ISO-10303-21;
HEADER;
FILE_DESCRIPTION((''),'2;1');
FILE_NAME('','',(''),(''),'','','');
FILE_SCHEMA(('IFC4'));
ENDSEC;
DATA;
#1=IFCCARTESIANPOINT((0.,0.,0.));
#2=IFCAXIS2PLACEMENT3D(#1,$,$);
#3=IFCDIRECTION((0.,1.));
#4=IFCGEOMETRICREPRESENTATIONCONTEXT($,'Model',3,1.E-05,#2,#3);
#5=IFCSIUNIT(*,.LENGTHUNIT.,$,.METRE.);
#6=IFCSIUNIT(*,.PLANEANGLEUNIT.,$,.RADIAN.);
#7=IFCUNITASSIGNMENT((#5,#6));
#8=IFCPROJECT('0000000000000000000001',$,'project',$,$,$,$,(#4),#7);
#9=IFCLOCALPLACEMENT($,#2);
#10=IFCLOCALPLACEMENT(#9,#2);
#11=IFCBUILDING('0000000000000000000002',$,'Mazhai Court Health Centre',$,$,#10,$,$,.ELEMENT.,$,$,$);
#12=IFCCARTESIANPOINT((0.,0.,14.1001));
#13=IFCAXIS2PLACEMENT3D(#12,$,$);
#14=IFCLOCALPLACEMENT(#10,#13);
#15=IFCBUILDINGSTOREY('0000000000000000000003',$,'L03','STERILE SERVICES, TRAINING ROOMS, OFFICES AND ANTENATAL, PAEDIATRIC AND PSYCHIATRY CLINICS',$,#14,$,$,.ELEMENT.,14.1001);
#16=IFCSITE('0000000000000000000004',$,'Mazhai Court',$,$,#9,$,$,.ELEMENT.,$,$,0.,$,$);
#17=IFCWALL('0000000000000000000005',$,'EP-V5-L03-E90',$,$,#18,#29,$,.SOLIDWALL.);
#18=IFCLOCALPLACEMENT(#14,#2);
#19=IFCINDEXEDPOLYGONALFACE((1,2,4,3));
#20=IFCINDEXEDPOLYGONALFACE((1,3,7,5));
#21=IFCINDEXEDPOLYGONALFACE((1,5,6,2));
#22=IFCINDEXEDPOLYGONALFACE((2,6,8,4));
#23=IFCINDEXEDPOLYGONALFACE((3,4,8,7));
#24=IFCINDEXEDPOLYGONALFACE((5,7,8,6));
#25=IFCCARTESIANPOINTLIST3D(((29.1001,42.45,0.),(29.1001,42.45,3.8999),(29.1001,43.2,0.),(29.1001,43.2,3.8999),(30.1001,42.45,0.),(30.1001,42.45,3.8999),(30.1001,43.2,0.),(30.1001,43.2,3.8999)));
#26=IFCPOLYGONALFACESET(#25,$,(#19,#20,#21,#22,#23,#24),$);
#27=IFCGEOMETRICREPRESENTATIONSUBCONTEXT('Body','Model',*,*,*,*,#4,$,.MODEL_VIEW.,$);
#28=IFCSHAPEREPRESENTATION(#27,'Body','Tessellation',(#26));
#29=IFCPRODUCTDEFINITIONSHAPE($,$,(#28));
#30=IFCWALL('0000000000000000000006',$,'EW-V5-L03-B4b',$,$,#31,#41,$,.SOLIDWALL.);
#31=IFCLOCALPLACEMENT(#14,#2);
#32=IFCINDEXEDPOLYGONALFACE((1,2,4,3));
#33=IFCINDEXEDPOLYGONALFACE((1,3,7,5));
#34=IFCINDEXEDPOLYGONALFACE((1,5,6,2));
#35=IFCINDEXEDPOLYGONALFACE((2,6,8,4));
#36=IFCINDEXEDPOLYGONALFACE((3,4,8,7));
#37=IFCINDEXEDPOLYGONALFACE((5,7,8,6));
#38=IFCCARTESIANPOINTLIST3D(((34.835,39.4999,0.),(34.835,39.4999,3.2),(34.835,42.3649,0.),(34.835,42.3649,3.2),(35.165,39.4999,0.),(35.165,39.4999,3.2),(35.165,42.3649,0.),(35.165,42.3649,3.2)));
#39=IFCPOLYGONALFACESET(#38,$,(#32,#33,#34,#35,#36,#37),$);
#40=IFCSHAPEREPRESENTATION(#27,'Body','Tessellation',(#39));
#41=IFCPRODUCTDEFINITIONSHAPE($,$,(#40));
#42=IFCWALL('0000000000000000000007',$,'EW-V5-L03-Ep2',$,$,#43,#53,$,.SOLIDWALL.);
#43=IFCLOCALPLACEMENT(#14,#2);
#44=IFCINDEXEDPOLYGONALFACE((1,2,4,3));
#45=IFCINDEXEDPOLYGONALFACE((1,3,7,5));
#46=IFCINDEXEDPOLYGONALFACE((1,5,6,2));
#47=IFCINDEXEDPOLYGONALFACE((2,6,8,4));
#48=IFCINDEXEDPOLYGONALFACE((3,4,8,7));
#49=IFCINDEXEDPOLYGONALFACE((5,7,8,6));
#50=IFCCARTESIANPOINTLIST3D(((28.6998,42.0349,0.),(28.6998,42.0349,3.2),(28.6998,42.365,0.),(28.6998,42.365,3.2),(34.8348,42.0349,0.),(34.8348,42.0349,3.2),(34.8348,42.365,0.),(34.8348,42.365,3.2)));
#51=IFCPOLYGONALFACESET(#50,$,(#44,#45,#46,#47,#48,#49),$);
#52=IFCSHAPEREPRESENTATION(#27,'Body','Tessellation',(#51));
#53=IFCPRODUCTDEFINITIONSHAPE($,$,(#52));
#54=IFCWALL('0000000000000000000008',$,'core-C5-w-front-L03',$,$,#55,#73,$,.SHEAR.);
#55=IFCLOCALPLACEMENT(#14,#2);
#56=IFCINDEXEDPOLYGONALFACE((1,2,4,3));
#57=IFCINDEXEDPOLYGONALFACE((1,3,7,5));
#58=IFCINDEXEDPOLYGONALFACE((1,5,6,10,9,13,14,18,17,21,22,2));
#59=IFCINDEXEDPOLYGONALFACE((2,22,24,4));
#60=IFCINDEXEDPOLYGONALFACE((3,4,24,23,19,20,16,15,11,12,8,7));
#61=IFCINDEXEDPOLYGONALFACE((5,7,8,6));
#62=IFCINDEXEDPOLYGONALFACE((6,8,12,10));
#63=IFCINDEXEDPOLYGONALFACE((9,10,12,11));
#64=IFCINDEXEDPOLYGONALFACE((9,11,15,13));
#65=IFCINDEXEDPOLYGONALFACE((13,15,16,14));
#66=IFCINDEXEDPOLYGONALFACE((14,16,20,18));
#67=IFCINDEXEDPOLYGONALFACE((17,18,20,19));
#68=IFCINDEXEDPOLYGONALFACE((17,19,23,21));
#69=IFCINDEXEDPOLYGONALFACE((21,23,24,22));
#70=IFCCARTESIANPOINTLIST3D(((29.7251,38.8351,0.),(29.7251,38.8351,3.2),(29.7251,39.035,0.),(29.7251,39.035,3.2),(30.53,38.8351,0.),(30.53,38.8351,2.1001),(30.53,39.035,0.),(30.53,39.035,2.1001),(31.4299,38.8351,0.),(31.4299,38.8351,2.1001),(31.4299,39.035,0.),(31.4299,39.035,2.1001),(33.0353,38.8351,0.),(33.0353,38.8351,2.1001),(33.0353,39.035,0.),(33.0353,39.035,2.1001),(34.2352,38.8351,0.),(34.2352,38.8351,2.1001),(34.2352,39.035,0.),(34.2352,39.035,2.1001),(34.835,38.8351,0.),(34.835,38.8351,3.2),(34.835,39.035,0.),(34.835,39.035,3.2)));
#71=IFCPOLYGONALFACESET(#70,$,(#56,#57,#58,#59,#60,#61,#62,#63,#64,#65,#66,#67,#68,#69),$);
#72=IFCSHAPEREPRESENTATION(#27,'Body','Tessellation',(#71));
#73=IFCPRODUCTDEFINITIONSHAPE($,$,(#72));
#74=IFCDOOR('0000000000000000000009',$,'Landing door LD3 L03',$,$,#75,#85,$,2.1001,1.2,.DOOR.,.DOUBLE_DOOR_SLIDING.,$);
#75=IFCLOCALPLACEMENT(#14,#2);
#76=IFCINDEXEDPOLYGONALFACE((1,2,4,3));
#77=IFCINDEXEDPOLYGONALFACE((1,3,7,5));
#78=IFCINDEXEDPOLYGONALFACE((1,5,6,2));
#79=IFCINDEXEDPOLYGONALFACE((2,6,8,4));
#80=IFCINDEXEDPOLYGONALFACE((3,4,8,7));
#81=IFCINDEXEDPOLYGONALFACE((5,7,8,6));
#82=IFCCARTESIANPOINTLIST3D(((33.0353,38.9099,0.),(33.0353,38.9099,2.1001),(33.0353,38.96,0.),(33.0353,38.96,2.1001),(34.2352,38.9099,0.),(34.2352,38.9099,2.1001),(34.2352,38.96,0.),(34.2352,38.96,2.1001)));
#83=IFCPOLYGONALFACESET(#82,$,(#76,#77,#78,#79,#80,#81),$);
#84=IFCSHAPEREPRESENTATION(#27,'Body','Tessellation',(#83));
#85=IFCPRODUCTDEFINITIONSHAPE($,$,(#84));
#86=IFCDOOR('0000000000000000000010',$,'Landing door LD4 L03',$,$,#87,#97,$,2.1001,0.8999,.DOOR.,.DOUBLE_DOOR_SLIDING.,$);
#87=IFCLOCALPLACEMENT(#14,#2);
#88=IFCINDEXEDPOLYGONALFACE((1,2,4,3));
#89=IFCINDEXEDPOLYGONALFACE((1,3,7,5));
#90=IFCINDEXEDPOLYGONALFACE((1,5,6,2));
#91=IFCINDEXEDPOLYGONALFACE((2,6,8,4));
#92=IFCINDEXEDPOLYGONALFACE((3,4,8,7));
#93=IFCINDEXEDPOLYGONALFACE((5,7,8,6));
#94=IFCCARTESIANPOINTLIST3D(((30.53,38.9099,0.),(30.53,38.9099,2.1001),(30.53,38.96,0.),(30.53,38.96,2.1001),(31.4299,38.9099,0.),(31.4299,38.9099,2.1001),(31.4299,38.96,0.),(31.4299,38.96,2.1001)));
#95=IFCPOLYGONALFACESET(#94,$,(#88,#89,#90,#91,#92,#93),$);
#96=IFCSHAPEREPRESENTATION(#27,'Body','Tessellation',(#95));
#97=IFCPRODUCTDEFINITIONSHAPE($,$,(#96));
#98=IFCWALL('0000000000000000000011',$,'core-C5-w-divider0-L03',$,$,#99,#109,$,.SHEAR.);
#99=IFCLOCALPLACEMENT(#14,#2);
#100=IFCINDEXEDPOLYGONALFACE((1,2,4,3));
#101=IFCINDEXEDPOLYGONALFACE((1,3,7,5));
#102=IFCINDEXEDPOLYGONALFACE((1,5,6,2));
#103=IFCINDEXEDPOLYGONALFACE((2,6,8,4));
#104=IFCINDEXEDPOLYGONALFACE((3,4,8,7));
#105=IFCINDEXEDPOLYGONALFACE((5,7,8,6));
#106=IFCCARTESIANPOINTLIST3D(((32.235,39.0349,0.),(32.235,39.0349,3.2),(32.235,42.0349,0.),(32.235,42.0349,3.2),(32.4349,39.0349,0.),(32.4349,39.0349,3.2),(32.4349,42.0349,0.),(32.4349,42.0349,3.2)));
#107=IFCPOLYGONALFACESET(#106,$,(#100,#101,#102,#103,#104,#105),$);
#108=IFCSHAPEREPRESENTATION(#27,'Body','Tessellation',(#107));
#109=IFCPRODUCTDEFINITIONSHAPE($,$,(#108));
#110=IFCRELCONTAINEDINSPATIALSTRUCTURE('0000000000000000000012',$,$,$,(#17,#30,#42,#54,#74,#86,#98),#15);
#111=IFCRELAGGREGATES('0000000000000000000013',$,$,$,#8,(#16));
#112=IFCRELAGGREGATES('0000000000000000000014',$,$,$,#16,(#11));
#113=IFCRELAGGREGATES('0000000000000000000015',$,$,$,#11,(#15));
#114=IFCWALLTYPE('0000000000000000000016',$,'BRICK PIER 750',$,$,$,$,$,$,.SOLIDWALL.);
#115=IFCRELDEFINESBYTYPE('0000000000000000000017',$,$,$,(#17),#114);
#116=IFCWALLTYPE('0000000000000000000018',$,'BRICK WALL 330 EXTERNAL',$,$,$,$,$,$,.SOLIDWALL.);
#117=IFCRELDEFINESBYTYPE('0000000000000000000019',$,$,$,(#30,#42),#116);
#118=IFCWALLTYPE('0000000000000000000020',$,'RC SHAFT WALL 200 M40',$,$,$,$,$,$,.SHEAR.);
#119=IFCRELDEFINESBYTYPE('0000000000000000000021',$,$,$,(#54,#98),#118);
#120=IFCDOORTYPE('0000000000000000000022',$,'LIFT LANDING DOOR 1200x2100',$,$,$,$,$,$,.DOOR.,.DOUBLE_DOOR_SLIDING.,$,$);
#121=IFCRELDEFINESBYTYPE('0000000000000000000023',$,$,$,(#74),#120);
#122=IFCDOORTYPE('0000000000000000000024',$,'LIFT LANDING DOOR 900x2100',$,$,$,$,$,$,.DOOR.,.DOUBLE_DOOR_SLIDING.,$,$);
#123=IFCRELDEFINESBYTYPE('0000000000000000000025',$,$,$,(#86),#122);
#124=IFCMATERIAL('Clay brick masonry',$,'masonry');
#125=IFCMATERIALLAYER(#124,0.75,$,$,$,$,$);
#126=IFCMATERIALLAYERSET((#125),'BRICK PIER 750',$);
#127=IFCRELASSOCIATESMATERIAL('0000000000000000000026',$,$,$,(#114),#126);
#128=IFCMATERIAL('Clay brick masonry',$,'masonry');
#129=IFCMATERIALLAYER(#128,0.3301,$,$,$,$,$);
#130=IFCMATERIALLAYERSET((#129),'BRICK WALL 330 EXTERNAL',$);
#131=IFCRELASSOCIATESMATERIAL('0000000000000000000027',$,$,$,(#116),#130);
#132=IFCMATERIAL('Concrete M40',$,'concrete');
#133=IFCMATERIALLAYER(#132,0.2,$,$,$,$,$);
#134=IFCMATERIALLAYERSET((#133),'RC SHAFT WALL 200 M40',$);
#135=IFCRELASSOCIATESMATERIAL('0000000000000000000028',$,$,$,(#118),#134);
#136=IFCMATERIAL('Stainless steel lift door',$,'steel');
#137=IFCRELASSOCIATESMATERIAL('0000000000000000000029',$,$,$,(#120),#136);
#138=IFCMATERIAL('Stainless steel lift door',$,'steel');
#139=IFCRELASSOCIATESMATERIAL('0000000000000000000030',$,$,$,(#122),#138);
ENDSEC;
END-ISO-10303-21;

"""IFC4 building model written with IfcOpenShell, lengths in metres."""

from ifc_helpers import new_model, si_unit, direction, frame, frame_2d, origin, place, context, subcontext, project, spatial, rectangle, extrude, material, layer, layer_set, type_object, element, fill, save


model = new_model("IFC4")

# Units and contexts
model_context = context("Model", 3, precision=1e-05, world=origin(), true_north=direction((0.0, 1.0)))
body_context = subcontext(model_context, "Body", "Model", "MODEL_VIEW")
ifc_project = project(units=[si_unit("LENGTHUNIT", "METRE"), si_unit("PLANEANGLEUNIT", "RADIAN")], contexts=[model_context])

# Site, building, storey
site_placement = place(None, origin())
site = spatial("IfcSite", under=ifc_project, at=site_placement, Name="Mazhai Court", CompositionType="ELEMENT", RefElevation=0.0)
building_placement = place(site_placement, origin())
building = spatial("IfcBuilding", under=site, at=building_placement, Name="Mazhai Court Health Centre", CompositionType="ELEMENT")
storey_placement = place(building_placement, frame((0.0, 0.0, 14.1001)))
storey = spatial("IfcBuildingStorey", under=building, at=storey_placement, Name="L03", Description="STERILE SERVICES, TRAINING ROOMS, OFFICES AND ANTENATAL, PAEDIATRIC AND PSYCHIATRY CLINICS", CompositionType="ELEMENT", Elevation=14.1001)

# Walls
ifc_material_1 = material(Name="Clay brick masonry", Category="masonry")
ifc_layer_1 = layer(ifc_material_1, 0.75)
ifc_layer_set_1 = layer_set([ifc_layer_1], Name="BRICK PIER 750")
wall_type_1 = type_object("IfcWallType", Name="BRICK PIER 750", PredefinedType="SOLIDWALL", material=ifc_layer_set_1)
wall_1_placement = place(storey_placement, frame((29.1001, 42.825, 0.0), z_axis=(0.0, 0.0, 1.0), x_axis=(1.0, 0.0, 0.0)))
element("IfcWall", 1, at=wall_1_placement, inside=storey, type_object=wall_type_1, Name="EP-V5-L03-E90", PredefinedType="SOLIDWALL", context=body_context, shape_type="SweptSolid", body=[
    extrude(rectangle(XDim=1.0, YDim=0.75, at=frame_2d((0.5, 0.0))), origin(), (0.0, 0.0, 1.0), 3.8999),
])
ifc_material_2 = material(Name="Clay brick masonry", Category="masonry")
ifc_layer_2 = layer(ifc_material_2, 0.3301)
ifc_layer_set_2 = layer_set([ifc_layer_2], Name="BRICK WALL 330 EXTERNAL")
wall_type_2 = type_object("IfcWallType", Name="BRICK WALL 330 EXTERNAL", PredefinedType="SOLIDWALL", material=ifc_layer_set_2)
wall_2_placement = place(storey_placement, frame((35.0, 42.365, 0.0), z_axis=(0.0, 0.0, 1.0), x_axis=(0.0, -1.0, 0.0)))
element("IfcWall", 2, at=wall_2_placement, inside=storey, type_object=wall_type_2, Name="EW-V5-L03-B4b", PredefinedType="SOLIDWALL", context=body_context, shape_type="SweptSolid", body=[
    extrude(rectangle(XDim=2.865, YDim=0.3301, at=frame_2d((1.4326, 0.0))), origin(), (0.0, 0.0, 1.0), 3.2),
])
wall_3_placement = place(storey_placement, frame((28.7, 42.2, 0.0), z_axis=(0.0, 0.0, 1.0), x_axis=(1.0, 0.0, 0.0)))
element("IfcWall", 3, at=wall_3_placement, inside=storey, type_object=wall_type_2, Name="EW-V5-L03-Ep2", PredefinedType="SOLIDWALL", context=body_context, shape_type="SweptSolid", body=[
    extrude(rectangle(XDim=6.135, YDim=0.3301, at=frame_2d((3.0674, 0.0))), origin(), (0.0, 0.0, 1.0), 3.2),
])

# Wall, openings, doors
ifc_material_3 = material(Name="Concrete M40", Category="concrete")
ifc_layer_3 = layer(ifc_material_3, 0.2)
ifc_layer_set_3 = layer_set([ifc_layer_3], Name="RC SHAFT WALL 200 M40")
wall_type_3 = type_object("IfcWallType", Name="RC SHAFT WALL 200 M40", PredefinedType="SHEAR", material=ifc_layer_set_3)
wall_4_placement = place(storey_placement, frame((29.7251, 38.9351, 0.0), z_axis=(0.0, 0.0, 1.0), x_axis=(1.0, 0.0, 0.0)))
wall_4 = element("IfcWall", 4, at=wall_4_placement, inside=storey, type_object=wall_type_3, Name="core-C5-w-front-L03", PredefinedType="SHEAR", context=body_context, shape_type="SweptSolid", body=[
    extrude(rectangle(XDim=5.1099, YDim=0.2, at=frame_2d((2.5549, 0.0))), origin(), (0.0, 0.0, 1.0), 3.2),
])
opening_1_placement = place(wall_4_placement, frame((3.3101, 0.0, 0.0)))
opening_1 = element("IfcOpeningElement", 5, at=opening_1_placement, cuts=wall_4, PredefinedType="OPENING", context=body_context, shape_type="SweptSolid", body=[
    extrude(rectangle(XDim=1.2, YDim=2.1001, at=frame_2d((0.6001, 1.05))), frame((0.0, 0.1099, 0.0), z_axis=(0.0, -1.0, 0.0), x_axis=(1.0, 0.0, 0.0)), (0.0, 0.0, 1.0), 0.22),
])
opening_2_placement = place(wall_4_placement, frame((0.8049, 0.0, 0.0)))
opening_2 = element("IfcOpeningElement", 6, at=opening_2_placement, cuts=wall_4, PredefinedType="OPENING", context=body_context, shape_type="SweptSolid", body=[
    extrude(rectangle(XDim=0.8999, YDim=2.1001, at=frame_2d((0.45, 1.05))), frame((0.0, 0.1099, 0.0), z_axis=(0.0, -1.0, 0.0), x_axis=(1.0, 0.0, 0.0)), (0.0, 0.0, 1.0), 0.22),
])
ifc_material_4 = material(Name="Stainless steel lift door", Category="steel")
door_type_1 = type_object("IfcDoorType", Name="LIFT LANDING DOOR 1200x2100", OperationType="DOUBLE_DOOR_SLIDING", PredefinedType="DOOR", material=ifc_material_4)
door_1_placement = place(opening_1_placement, origin())
door_1 = element("IfcDoor", 7, at=door_1_placement, inside=storey, type_object=door_type_1, Name="Landing door LD3 L03", OperationType="DOUBLE_DOOR_SLIDING", OverallHeight=2.1001, OverallWidth=1.2, PredefinedType="DOOR", context=body_context, shape_type="SweptSolid", body=[
    extrude(rectangle(XDim=1.2, YDim=2.1001, at=frame_2d((0.6001, 1.05))), frame((0.0, 0.0249, 0.0), z_axis=(0.0, -1.0, 0.0), x_axis=(1.0, 0.0, 0.0)), (0.0, 0.0, 1.0), 0.05),
])
fill(opening_1, door_1)
ifc_material_5 = material(Name="Stainless steel lift door", Category="steel")
door_type_2 = type_object("IfcDoorType", Name="LIFT LANDING DOOR 900x2100", OperationType="DOUBLE_DOOR_SLIDING", PredefinedType="DOOR", material=ifc_material_5)
door_2_placement = place(opening_2_placement, origin())
door_2 = element("IfcDoor", 8, at=door_2_placement, inside=storey, type_object=door_type_2, Name="Landing door LD4 L03", OperationType="DOUBLE_DOOR_SLIDING", OverallHeight=2.1001, OverallWidth=0.8999, PredefinedType="DOOR", context=body_context, shape_type="SweptSolid", body=[
    extrude(rectangle(XDim=0.8999, YDim=2.1001, at=frame_2d((0.45, 1.05))), frame((0.0, 0.0249, 0.0), z_axis=(0.0, -1.0, 0.0), x_axis=(1.0, 0.0, 0.0)), (0.0, 0.0, 1.0), 0.05),
])
fill(opening_2, door_2)

# Wall
wall_5_placement = place(storey_placement, frame((32.335, 42.0349, 0.0), z_axis=(0.0, 0.0, 1.0), x_axis=(0.0, -1.0, 0.0)))
element("IfcWall", 9, at=wall_5_placement, inside=storey, type_object=wall_type_3, Name="core-C5-w-divider0-L03", PredefinedType="SHEAR", context=body_context, shape_type="SweptSolid", body=[
    extrude(rectangle(XDim=3.0, YDim=0.2, at=frame_2d((1.5, 0.0))), origin(), (0.0, 0.0, 1.0), 3.2),
])

save(model, "model.ifc")
